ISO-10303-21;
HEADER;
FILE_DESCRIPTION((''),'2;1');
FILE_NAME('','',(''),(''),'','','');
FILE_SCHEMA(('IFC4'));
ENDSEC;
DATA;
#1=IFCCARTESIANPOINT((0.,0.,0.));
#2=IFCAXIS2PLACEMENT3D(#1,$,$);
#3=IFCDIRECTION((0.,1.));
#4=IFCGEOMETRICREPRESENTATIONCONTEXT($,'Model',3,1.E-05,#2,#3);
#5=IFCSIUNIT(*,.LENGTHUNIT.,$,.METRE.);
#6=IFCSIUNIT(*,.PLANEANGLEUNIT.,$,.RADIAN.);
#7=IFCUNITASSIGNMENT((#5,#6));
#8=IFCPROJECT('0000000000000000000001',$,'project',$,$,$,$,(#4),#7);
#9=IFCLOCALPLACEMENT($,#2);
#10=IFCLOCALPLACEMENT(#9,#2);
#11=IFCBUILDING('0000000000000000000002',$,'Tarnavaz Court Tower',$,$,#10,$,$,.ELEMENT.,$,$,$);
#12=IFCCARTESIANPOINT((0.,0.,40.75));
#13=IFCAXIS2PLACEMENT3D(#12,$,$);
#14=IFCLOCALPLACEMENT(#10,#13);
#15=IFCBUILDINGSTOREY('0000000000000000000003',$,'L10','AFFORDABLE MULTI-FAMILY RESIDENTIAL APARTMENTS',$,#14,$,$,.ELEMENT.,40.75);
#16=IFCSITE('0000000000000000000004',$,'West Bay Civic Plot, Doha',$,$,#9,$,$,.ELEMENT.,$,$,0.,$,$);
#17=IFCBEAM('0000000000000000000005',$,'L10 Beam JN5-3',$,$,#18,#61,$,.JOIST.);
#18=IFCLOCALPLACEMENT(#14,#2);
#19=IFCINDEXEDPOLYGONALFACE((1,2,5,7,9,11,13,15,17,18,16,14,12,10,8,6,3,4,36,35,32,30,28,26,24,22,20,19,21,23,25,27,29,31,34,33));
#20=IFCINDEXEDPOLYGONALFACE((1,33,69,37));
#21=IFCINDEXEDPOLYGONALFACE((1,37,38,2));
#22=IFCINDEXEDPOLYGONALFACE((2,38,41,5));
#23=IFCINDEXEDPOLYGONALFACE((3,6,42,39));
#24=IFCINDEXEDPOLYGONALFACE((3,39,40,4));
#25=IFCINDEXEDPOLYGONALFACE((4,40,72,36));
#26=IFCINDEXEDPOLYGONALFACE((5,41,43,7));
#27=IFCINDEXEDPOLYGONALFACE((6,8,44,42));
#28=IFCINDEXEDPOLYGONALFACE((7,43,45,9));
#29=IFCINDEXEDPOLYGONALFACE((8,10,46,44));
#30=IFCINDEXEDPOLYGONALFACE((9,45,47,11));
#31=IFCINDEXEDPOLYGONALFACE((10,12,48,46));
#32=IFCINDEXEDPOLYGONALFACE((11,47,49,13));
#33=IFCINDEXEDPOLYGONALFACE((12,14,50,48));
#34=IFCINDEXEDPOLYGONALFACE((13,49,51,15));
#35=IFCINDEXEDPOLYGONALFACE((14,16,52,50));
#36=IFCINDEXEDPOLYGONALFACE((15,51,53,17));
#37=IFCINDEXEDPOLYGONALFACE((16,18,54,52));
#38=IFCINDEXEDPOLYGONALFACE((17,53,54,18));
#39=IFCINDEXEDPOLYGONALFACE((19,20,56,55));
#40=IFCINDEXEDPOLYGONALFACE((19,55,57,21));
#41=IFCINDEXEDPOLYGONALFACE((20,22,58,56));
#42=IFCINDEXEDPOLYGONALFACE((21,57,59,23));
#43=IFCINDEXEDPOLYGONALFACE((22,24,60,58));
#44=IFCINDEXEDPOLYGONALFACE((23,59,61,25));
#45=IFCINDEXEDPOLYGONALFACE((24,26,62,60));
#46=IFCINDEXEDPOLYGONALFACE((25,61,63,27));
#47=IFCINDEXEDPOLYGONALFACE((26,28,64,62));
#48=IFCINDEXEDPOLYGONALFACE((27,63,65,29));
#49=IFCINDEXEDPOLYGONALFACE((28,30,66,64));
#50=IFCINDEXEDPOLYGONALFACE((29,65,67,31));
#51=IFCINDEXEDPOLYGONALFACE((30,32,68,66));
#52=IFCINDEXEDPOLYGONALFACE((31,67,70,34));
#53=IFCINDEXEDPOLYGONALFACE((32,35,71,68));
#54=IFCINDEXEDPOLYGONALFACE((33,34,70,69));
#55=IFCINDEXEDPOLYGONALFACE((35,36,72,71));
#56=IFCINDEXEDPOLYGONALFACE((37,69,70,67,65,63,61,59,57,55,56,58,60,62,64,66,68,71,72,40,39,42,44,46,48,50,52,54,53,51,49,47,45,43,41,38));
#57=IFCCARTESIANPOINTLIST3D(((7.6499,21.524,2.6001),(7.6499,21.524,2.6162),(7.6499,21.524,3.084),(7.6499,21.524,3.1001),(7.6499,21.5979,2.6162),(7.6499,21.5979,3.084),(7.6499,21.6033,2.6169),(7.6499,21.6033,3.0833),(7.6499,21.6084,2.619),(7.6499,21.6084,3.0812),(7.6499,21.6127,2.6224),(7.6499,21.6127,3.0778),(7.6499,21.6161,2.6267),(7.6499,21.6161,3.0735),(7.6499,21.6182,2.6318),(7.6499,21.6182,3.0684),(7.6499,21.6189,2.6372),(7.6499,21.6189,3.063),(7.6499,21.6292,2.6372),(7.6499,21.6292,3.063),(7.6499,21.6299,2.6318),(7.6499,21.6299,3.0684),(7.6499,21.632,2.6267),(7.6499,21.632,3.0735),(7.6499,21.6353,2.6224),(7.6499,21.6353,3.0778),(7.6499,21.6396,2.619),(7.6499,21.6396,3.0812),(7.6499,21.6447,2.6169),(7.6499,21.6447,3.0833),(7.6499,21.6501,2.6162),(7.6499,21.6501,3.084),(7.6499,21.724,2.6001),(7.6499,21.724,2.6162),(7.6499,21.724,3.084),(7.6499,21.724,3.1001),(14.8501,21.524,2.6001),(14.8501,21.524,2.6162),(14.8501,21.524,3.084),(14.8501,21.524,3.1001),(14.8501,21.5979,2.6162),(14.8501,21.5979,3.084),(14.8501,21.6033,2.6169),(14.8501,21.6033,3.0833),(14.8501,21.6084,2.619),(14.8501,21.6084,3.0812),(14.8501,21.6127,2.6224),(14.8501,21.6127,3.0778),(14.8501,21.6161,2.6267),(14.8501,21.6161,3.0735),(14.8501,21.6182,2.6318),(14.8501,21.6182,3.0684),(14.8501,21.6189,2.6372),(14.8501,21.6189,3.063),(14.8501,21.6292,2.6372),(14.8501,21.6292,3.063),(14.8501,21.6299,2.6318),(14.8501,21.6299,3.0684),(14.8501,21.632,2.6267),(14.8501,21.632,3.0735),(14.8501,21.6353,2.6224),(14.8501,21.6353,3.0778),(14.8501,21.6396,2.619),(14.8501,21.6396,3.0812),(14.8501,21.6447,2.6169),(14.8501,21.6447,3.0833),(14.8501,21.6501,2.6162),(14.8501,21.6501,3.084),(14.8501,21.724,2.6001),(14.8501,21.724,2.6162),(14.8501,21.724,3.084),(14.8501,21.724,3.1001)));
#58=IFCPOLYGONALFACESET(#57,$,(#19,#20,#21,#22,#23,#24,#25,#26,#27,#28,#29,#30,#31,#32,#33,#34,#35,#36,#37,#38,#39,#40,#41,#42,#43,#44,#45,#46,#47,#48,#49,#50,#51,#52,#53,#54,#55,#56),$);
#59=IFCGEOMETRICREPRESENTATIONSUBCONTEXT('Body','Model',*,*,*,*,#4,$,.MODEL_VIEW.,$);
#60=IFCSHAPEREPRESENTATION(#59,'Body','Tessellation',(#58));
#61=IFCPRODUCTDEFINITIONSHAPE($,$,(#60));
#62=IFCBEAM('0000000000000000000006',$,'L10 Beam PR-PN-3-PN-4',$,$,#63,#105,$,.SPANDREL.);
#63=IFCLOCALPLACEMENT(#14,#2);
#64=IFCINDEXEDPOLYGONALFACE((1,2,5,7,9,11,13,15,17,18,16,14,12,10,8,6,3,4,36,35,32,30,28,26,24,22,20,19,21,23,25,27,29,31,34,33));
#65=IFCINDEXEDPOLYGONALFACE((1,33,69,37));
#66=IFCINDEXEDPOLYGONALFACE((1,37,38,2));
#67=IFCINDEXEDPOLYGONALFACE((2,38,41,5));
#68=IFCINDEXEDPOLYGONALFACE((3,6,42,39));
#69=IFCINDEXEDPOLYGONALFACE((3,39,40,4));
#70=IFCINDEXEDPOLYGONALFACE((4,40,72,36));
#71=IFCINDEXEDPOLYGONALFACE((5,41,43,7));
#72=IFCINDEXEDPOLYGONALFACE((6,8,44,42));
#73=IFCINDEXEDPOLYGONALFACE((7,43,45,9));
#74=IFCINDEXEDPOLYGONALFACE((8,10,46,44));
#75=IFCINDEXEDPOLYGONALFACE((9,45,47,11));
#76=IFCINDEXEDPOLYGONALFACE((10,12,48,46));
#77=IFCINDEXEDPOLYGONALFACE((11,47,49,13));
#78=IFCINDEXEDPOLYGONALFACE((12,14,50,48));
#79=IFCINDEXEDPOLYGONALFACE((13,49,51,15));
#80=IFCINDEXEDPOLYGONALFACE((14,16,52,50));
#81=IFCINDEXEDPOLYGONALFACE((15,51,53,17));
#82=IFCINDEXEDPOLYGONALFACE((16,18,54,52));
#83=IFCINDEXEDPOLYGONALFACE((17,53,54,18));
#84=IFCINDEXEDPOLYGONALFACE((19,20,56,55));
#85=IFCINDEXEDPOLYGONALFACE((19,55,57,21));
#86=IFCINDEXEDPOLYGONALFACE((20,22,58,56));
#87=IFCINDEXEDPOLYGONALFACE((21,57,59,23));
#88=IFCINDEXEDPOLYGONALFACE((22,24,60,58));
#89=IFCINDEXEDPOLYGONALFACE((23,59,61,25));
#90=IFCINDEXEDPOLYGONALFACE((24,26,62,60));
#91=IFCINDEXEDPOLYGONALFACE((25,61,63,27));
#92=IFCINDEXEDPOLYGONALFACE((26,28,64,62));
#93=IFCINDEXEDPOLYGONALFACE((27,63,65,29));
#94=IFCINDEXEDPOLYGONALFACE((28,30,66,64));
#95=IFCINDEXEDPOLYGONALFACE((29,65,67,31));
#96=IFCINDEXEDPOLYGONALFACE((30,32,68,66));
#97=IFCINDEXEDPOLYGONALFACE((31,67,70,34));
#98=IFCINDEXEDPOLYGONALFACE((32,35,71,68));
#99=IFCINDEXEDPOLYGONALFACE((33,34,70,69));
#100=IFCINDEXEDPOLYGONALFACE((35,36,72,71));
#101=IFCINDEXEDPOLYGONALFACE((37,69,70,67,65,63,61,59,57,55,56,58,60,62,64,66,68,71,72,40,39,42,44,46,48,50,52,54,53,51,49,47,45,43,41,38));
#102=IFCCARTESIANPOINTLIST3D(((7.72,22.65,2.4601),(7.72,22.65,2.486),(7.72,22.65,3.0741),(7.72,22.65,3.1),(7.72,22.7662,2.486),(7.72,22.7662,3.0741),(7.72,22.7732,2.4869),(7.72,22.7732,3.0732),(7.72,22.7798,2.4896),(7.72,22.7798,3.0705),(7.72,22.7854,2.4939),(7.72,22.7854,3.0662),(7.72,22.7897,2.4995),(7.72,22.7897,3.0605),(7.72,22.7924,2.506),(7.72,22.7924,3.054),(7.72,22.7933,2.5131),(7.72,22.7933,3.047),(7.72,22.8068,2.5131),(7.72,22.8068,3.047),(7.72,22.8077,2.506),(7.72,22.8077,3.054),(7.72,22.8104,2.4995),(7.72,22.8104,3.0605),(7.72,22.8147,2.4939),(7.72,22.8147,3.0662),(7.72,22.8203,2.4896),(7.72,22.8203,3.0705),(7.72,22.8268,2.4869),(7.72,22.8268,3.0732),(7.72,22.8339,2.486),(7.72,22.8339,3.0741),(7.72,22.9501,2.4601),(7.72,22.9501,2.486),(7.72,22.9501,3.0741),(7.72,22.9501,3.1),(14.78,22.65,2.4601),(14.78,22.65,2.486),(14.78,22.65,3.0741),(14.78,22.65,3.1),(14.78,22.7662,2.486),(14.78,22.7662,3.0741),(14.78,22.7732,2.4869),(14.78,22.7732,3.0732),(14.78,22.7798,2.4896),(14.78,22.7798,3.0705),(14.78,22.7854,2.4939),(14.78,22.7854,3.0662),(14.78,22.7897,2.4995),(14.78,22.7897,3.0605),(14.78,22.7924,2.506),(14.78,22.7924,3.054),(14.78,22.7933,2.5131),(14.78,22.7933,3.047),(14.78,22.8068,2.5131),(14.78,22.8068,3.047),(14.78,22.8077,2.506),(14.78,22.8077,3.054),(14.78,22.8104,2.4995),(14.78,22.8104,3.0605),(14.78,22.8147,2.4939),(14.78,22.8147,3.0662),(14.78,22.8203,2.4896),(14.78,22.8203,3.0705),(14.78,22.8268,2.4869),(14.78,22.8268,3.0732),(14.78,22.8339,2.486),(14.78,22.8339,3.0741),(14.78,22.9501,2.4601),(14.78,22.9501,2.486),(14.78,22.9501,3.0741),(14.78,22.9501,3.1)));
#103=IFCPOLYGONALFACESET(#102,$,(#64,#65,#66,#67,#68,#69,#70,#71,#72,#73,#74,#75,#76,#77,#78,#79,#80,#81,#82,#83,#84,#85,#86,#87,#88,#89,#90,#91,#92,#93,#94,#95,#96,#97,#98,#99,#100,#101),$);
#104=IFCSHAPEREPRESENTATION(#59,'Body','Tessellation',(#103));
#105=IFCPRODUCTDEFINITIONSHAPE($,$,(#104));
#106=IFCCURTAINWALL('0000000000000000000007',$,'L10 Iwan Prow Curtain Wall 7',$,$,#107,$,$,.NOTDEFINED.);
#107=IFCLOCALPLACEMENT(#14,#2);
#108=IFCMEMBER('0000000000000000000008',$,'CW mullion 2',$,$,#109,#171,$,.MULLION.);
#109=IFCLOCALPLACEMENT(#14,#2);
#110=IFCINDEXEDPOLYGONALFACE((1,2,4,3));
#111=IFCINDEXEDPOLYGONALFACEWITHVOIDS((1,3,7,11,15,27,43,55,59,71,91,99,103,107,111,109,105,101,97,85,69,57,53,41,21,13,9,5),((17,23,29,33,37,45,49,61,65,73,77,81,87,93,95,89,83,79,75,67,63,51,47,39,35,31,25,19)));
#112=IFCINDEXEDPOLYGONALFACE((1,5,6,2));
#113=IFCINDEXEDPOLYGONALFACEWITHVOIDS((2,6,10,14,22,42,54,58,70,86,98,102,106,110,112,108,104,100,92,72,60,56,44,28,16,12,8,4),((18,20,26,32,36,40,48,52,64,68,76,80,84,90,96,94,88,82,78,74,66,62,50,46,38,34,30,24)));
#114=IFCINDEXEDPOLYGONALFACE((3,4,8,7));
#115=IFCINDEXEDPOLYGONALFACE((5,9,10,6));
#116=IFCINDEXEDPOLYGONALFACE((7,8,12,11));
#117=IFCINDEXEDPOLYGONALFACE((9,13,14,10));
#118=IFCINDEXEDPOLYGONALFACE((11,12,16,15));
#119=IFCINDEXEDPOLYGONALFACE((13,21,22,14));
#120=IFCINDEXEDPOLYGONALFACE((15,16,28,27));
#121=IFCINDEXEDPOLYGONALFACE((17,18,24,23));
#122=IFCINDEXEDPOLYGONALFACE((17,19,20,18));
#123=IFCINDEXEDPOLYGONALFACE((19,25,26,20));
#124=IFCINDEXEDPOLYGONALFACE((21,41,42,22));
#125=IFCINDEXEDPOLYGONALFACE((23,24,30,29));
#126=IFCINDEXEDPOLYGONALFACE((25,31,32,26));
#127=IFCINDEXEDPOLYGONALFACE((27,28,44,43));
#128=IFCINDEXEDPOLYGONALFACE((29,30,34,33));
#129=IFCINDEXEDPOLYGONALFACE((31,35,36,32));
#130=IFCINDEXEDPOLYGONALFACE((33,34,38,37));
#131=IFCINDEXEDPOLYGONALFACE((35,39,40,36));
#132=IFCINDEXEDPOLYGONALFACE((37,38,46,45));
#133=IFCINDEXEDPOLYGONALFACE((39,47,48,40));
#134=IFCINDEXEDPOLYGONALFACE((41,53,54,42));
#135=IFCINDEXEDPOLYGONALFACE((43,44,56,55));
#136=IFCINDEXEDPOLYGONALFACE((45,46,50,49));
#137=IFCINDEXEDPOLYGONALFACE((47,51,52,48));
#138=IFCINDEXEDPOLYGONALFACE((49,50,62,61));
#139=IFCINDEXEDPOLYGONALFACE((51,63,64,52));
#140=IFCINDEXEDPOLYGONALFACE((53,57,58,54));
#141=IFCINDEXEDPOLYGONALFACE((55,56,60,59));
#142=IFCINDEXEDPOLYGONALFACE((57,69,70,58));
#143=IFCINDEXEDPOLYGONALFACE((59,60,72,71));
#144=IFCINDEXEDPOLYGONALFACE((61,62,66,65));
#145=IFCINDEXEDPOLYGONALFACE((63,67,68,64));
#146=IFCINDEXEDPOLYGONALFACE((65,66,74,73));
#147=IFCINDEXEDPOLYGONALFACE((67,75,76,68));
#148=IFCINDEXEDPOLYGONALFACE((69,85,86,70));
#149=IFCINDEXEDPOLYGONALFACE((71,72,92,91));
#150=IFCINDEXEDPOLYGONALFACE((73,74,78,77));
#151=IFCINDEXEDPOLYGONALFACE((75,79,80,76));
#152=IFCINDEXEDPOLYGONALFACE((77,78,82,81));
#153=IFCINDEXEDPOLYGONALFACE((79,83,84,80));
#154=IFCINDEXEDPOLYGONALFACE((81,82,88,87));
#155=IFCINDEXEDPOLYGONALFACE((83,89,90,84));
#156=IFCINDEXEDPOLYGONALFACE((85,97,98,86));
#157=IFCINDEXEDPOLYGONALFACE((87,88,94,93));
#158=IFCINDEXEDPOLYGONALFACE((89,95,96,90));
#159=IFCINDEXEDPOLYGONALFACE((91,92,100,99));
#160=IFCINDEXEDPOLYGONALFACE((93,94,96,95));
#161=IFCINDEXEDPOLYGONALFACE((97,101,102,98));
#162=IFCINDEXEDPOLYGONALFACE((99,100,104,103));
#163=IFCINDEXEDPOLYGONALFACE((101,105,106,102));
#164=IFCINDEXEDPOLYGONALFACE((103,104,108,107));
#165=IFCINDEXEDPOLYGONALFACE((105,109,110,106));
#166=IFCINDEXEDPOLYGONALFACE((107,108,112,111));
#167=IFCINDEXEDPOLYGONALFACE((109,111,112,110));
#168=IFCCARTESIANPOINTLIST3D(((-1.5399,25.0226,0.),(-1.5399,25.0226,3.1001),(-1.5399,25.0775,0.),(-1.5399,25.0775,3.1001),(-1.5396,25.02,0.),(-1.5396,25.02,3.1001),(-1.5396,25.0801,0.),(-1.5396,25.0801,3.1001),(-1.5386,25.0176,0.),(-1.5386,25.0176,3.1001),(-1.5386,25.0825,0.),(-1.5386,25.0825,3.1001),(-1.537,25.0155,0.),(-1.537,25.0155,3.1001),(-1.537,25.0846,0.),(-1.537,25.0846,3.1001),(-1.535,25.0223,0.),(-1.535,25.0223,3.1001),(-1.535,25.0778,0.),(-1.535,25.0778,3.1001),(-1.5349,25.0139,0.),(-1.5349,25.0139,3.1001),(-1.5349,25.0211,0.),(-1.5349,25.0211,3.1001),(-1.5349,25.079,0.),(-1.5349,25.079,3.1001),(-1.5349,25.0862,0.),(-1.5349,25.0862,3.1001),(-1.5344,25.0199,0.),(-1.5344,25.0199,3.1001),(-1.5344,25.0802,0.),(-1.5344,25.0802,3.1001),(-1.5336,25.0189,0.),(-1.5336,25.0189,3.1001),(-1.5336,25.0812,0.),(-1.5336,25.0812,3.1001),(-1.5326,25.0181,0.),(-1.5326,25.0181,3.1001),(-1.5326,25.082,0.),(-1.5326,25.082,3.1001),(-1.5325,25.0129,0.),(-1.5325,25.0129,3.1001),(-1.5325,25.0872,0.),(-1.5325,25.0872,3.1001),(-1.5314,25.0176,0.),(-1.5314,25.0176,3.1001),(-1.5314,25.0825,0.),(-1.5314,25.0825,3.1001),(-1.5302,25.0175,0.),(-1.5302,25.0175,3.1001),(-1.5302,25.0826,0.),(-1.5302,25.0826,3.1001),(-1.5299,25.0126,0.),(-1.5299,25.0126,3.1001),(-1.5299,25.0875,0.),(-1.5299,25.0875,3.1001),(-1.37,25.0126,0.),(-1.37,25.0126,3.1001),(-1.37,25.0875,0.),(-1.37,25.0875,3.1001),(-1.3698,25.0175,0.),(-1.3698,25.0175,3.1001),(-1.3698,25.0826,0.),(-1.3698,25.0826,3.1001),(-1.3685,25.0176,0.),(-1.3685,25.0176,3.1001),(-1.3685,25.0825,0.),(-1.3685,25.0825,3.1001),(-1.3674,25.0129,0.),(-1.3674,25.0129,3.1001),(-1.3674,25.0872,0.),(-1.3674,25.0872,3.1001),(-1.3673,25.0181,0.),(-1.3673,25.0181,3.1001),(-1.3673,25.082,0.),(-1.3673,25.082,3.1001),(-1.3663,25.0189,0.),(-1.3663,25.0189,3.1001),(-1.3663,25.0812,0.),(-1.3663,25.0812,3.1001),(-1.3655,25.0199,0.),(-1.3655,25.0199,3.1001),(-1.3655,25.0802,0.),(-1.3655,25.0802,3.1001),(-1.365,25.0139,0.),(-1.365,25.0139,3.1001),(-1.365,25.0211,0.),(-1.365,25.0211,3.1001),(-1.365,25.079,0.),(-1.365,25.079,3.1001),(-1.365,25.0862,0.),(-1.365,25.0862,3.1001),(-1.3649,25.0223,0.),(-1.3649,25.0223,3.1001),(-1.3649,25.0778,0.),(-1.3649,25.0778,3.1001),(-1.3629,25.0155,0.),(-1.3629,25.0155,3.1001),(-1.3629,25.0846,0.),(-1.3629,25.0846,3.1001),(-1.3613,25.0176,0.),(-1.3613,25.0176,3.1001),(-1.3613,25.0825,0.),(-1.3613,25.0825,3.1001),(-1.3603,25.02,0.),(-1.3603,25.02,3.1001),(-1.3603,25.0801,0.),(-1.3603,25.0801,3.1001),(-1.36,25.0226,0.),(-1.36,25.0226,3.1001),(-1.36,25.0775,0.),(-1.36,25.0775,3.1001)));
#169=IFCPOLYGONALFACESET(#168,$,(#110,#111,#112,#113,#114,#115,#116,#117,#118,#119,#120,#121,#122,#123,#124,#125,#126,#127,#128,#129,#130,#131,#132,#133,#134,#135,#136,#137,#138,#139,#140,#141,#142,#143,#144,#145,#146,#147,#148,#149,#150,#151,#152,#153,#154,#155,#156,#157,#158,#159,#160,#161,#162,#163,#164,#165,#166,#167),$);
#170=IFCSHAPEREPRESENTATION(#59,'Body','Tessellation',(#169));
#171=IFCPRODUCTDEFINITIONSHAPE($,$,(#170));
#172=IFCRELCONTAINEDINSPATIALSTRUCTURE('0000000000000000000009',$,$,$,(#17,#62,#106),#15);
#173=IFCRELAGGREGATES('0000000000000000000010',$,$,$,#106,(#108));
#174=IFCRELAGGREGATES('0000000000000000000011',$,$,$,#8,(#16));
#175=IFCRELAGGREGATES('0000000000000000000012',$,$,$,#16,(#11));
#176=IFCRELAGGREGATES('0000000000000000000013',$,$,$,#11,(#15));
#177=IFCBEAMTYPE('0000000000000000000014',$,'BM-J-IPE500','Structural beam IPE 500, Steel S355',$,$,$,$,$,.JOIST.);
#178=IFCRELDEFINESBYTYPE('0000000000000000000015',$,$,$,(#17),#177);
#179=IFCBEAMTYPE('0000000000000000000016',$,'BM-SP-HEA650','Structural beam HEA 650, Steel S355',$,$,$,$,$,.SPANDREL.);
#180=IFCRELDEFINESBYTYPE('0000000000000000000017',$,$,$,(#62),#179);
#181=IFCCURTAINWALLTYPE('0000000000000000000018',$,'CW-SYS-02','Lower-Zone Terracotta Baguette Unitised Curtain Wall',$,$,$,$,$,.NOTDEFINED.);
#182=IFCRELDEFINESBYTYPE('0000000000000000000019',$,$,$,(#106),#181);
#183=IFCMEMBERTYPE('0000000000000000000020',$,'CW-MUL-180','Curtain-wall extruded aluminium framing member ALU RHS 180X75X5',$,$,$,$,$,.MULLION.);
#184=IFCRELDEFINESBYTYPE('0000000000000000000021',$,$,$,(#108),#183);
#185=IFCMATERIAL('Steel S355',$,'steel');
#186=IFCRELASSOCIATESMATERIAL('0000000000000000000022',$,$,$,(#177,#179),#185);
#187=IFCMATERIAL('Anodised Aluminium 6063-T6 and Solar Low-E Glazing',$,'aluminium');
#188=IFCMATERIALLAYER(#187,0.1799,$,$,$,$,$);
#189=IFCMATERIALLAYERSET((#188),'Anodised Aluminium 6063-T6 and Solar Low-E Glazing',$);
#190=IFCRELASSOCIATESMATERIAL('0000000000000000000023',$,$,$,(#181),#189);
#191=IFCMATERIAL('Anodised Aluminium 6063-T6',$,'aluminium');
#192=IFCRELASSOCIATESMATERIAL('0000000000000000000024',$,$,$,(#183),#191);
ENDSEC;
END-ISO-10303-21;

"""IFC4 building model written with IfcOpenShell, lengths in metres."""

from ifc_helpers import new_model, si_unit, direction, frame, origin, origin_2d, place, context, subcontext, project, spatial, hollow_rectangle, i_section, extrude, material, layer, layer_set, material_profile, profile_set, type_object, element, aggregate, save


model = new_model("IFC4")

# Units and contexts
model_context = context("Model", 3, precision=1e-05, world=origin(), true_north=direction((0.0, 1.0)))
body_context = subcontext(model_context, "Body", "Model", "MODEL_VIEW")
ifc_project = project(units=[si_unit("LENGTHUNIT", "METRE"), si_unit("PLANEANGLEUNIT", "RADIAN")], contexts=[model_context])

# Site, building, storey
site_placement = place(None, origin())
site = spatial("IfcSite", under=ifc_project, at=site_placement, Name="West Bay Civic Plot, Doha", CompositionType="ELEMENT", RefElevation=0.0)
building_placement = place(site_placement, origin())
building = spatial("IfcBuilding", under=site, at=building_placement, Name="Tarnavaz Court Tower", CompositionType="ELEMENT")
storey_placement = place(building_placement, frame((0.0, 0.0, 40.75)))
storey = spatial("IfcBuildingStorey", under=building, at=storey_placement, Name="L10", Description="AFFORDABLE MULTI-FAMILY RESIDENTIAL APARTMENTS", CompositionType="ELEMENT", Elevation=40.75)

# Beams
ifc_material_1 = material(Name="Steel S355", Category="steel")
ifc_material_profile_1 = material_profile(ifc_material_1, i_section(OverallWidth=0.2, OverallDepth=0.5, WebThickness=0.0103, FlangeThickness=0.0161, FilletRadius=0.021, at=origin_2d()), Name="IPE 500")
ifc_profile_set_1 = profile_set([ifc_material_profile_1], Name="Steel S355")
beam_type_1 = type_object("IfcBeamType", Name="BM-J-IPE500", Description="Structural beam IPE 500, Steel S355", PredefinedType="JOIST", material=ifc_profile_set_1)
for number, where, z_axis, x_axis, name in (
    (1, (7.6499, 21.624, 2.8501), (1.0, 0.0, 0.0), (0.0, 1.0, 0.0), "L10 Beam JN5-3"),
):
    element("IfcBeam", number, at=place(storey_placement, frame(where, z_axis=z_axis, x_axis=x_axis)), inside=storey, type_object=beam_type_1, Name=name, PredefinedType="JOIST", context=body_context, shape_type="SweptSolid", body=[
        extrude(i_section(OverallWidth=0.2, OverallDepth=0.5, WebThickness=0.0103, FlangeThickness=0.0161, FilletRadius=0.021, at=origin_2d()), origin(), (0.0, 0.0, 1.0), 7.2002),
    ])
ifc_material_profile_2 = material_profile(ifc_material_1, i_section(OverallWidth=0.3, OverallDepth=0.6399, WebThickness=0.0134, FlangeThickness=0.0259, FilletRadius=0.0271, at=origin_2d()), Name="HEA 650")
ifc_profile_set_2 = profile_set([ifc_material_profile_2], Name="Steel S355")
beam_type_2 = type_object("IfcBeamType", Name="BM-SP-HEA650", Description="Structural beam HEA 650, Steel S355", PredefinedType="SPANDREL", material=ifc_profile_set_2)
beam_placement = place(storey_placement, frame((7.72, 22.8, 2.78), z_axis=(1.0, 0.0, 0.0), x_axis=(0.0, 1.0, 0.0)))
element("IfcBeam", 2, at=beam_placement, inside=storey, type_object=beam_type_2, Name="L10 Beam PR-PN-3-PN-4", PredefinedType="SPANDREL", context=body_context, shape_type="SweptSolid", body=[
    extrude(i_section(OverallWidth=0.3, OverallDepth=0.6399, WebThickness=0.0134, FlangeThickness=0.0259, FilletRadius=0.0271, at=origin_2d()), origin(), (0.0, 0.0, 1.0), 7.0601),
])

# Curtain wall, member
ifc_material_2 = material(Name="Anodised Aluminium 6063-T6 and Solar Low-E Glazing", Category="aluminium")
ifc_layer_1 = layer(ifc_material_2, 0.1799)
ifc_layer_set_1 = layer_set([ifc_layer_1], Name="Anodised Aluminium 6063-T6 and Solar Low-E Glazing")
curtain_wall_type = type_object("IfcCurtainWallType", Name="CW-SYS-02", Description="Lower-Zone Terracotta Baguette Unitised Curtain Wall", PredefinedType="NOTDEFINED", material=ifc_layer_set_1)
curtain_wall_placement = place(storey_placement, origin())
curtain_wall = element("IfcCurtainWall", 3, at=curtain_wall_placement, inside=storey, type_object=curtain_wall_type, Name="L10 Iwan Prow Curtain Wall 7", PredefinedType="NOTDEFINED")
ifc_material_3 = material(Name="Anodised Aluminium 6063-T6", Category="aluminium")
ifc_material_profile_3 = material_profile(ifc_material_3, hollow_rectangle(XDim=0.075, YDim=0.1799, WallThickness=0.0049, InnerFilletRadius=0.0049, OuterFilletRadius=0.01, at=origin_2d()), Name="ALU RHS 180X75X5")
ifc_profile_set_3 = profile_set([ifc_material_profile_3], Name="Anodised Aluminium 6063-T6")
member_type_1 = type_object("IfcMemberType", Name="CW-MUL-180", Description="Curtain-wall extruded aluminium framing member ALU RHS 180X75X5", PredefinedType="MULLION", material=ifc_profile_set_3)
member_1_placement = place(storey_placement, frame((-1.45, 25.05, 0.0), z_axis=(0.0, 0.0, 1.0), x_axis=(0.0, 1.0, 0.0)))
member_1 = element("IfcMember", 4, at=member_1_placement, type_object=member_type_1, Name="CW mullion 2", PredefinedType="MULLION", context=body_context, shape_type="SweptSolid", body=[
    extrude(hollow_rectangle(XDim=0.075, YDim=0.1799, WallThickness=0.0049, InnerFilletRadius=0.0049, OuterFilletRadius=0.01, at=origin_2d()), origin(), (0.0, 0.0, 1.0), 3.1001),
])
aggregate(curtain_wall, [member_1])

save(model, "model.ifc")
